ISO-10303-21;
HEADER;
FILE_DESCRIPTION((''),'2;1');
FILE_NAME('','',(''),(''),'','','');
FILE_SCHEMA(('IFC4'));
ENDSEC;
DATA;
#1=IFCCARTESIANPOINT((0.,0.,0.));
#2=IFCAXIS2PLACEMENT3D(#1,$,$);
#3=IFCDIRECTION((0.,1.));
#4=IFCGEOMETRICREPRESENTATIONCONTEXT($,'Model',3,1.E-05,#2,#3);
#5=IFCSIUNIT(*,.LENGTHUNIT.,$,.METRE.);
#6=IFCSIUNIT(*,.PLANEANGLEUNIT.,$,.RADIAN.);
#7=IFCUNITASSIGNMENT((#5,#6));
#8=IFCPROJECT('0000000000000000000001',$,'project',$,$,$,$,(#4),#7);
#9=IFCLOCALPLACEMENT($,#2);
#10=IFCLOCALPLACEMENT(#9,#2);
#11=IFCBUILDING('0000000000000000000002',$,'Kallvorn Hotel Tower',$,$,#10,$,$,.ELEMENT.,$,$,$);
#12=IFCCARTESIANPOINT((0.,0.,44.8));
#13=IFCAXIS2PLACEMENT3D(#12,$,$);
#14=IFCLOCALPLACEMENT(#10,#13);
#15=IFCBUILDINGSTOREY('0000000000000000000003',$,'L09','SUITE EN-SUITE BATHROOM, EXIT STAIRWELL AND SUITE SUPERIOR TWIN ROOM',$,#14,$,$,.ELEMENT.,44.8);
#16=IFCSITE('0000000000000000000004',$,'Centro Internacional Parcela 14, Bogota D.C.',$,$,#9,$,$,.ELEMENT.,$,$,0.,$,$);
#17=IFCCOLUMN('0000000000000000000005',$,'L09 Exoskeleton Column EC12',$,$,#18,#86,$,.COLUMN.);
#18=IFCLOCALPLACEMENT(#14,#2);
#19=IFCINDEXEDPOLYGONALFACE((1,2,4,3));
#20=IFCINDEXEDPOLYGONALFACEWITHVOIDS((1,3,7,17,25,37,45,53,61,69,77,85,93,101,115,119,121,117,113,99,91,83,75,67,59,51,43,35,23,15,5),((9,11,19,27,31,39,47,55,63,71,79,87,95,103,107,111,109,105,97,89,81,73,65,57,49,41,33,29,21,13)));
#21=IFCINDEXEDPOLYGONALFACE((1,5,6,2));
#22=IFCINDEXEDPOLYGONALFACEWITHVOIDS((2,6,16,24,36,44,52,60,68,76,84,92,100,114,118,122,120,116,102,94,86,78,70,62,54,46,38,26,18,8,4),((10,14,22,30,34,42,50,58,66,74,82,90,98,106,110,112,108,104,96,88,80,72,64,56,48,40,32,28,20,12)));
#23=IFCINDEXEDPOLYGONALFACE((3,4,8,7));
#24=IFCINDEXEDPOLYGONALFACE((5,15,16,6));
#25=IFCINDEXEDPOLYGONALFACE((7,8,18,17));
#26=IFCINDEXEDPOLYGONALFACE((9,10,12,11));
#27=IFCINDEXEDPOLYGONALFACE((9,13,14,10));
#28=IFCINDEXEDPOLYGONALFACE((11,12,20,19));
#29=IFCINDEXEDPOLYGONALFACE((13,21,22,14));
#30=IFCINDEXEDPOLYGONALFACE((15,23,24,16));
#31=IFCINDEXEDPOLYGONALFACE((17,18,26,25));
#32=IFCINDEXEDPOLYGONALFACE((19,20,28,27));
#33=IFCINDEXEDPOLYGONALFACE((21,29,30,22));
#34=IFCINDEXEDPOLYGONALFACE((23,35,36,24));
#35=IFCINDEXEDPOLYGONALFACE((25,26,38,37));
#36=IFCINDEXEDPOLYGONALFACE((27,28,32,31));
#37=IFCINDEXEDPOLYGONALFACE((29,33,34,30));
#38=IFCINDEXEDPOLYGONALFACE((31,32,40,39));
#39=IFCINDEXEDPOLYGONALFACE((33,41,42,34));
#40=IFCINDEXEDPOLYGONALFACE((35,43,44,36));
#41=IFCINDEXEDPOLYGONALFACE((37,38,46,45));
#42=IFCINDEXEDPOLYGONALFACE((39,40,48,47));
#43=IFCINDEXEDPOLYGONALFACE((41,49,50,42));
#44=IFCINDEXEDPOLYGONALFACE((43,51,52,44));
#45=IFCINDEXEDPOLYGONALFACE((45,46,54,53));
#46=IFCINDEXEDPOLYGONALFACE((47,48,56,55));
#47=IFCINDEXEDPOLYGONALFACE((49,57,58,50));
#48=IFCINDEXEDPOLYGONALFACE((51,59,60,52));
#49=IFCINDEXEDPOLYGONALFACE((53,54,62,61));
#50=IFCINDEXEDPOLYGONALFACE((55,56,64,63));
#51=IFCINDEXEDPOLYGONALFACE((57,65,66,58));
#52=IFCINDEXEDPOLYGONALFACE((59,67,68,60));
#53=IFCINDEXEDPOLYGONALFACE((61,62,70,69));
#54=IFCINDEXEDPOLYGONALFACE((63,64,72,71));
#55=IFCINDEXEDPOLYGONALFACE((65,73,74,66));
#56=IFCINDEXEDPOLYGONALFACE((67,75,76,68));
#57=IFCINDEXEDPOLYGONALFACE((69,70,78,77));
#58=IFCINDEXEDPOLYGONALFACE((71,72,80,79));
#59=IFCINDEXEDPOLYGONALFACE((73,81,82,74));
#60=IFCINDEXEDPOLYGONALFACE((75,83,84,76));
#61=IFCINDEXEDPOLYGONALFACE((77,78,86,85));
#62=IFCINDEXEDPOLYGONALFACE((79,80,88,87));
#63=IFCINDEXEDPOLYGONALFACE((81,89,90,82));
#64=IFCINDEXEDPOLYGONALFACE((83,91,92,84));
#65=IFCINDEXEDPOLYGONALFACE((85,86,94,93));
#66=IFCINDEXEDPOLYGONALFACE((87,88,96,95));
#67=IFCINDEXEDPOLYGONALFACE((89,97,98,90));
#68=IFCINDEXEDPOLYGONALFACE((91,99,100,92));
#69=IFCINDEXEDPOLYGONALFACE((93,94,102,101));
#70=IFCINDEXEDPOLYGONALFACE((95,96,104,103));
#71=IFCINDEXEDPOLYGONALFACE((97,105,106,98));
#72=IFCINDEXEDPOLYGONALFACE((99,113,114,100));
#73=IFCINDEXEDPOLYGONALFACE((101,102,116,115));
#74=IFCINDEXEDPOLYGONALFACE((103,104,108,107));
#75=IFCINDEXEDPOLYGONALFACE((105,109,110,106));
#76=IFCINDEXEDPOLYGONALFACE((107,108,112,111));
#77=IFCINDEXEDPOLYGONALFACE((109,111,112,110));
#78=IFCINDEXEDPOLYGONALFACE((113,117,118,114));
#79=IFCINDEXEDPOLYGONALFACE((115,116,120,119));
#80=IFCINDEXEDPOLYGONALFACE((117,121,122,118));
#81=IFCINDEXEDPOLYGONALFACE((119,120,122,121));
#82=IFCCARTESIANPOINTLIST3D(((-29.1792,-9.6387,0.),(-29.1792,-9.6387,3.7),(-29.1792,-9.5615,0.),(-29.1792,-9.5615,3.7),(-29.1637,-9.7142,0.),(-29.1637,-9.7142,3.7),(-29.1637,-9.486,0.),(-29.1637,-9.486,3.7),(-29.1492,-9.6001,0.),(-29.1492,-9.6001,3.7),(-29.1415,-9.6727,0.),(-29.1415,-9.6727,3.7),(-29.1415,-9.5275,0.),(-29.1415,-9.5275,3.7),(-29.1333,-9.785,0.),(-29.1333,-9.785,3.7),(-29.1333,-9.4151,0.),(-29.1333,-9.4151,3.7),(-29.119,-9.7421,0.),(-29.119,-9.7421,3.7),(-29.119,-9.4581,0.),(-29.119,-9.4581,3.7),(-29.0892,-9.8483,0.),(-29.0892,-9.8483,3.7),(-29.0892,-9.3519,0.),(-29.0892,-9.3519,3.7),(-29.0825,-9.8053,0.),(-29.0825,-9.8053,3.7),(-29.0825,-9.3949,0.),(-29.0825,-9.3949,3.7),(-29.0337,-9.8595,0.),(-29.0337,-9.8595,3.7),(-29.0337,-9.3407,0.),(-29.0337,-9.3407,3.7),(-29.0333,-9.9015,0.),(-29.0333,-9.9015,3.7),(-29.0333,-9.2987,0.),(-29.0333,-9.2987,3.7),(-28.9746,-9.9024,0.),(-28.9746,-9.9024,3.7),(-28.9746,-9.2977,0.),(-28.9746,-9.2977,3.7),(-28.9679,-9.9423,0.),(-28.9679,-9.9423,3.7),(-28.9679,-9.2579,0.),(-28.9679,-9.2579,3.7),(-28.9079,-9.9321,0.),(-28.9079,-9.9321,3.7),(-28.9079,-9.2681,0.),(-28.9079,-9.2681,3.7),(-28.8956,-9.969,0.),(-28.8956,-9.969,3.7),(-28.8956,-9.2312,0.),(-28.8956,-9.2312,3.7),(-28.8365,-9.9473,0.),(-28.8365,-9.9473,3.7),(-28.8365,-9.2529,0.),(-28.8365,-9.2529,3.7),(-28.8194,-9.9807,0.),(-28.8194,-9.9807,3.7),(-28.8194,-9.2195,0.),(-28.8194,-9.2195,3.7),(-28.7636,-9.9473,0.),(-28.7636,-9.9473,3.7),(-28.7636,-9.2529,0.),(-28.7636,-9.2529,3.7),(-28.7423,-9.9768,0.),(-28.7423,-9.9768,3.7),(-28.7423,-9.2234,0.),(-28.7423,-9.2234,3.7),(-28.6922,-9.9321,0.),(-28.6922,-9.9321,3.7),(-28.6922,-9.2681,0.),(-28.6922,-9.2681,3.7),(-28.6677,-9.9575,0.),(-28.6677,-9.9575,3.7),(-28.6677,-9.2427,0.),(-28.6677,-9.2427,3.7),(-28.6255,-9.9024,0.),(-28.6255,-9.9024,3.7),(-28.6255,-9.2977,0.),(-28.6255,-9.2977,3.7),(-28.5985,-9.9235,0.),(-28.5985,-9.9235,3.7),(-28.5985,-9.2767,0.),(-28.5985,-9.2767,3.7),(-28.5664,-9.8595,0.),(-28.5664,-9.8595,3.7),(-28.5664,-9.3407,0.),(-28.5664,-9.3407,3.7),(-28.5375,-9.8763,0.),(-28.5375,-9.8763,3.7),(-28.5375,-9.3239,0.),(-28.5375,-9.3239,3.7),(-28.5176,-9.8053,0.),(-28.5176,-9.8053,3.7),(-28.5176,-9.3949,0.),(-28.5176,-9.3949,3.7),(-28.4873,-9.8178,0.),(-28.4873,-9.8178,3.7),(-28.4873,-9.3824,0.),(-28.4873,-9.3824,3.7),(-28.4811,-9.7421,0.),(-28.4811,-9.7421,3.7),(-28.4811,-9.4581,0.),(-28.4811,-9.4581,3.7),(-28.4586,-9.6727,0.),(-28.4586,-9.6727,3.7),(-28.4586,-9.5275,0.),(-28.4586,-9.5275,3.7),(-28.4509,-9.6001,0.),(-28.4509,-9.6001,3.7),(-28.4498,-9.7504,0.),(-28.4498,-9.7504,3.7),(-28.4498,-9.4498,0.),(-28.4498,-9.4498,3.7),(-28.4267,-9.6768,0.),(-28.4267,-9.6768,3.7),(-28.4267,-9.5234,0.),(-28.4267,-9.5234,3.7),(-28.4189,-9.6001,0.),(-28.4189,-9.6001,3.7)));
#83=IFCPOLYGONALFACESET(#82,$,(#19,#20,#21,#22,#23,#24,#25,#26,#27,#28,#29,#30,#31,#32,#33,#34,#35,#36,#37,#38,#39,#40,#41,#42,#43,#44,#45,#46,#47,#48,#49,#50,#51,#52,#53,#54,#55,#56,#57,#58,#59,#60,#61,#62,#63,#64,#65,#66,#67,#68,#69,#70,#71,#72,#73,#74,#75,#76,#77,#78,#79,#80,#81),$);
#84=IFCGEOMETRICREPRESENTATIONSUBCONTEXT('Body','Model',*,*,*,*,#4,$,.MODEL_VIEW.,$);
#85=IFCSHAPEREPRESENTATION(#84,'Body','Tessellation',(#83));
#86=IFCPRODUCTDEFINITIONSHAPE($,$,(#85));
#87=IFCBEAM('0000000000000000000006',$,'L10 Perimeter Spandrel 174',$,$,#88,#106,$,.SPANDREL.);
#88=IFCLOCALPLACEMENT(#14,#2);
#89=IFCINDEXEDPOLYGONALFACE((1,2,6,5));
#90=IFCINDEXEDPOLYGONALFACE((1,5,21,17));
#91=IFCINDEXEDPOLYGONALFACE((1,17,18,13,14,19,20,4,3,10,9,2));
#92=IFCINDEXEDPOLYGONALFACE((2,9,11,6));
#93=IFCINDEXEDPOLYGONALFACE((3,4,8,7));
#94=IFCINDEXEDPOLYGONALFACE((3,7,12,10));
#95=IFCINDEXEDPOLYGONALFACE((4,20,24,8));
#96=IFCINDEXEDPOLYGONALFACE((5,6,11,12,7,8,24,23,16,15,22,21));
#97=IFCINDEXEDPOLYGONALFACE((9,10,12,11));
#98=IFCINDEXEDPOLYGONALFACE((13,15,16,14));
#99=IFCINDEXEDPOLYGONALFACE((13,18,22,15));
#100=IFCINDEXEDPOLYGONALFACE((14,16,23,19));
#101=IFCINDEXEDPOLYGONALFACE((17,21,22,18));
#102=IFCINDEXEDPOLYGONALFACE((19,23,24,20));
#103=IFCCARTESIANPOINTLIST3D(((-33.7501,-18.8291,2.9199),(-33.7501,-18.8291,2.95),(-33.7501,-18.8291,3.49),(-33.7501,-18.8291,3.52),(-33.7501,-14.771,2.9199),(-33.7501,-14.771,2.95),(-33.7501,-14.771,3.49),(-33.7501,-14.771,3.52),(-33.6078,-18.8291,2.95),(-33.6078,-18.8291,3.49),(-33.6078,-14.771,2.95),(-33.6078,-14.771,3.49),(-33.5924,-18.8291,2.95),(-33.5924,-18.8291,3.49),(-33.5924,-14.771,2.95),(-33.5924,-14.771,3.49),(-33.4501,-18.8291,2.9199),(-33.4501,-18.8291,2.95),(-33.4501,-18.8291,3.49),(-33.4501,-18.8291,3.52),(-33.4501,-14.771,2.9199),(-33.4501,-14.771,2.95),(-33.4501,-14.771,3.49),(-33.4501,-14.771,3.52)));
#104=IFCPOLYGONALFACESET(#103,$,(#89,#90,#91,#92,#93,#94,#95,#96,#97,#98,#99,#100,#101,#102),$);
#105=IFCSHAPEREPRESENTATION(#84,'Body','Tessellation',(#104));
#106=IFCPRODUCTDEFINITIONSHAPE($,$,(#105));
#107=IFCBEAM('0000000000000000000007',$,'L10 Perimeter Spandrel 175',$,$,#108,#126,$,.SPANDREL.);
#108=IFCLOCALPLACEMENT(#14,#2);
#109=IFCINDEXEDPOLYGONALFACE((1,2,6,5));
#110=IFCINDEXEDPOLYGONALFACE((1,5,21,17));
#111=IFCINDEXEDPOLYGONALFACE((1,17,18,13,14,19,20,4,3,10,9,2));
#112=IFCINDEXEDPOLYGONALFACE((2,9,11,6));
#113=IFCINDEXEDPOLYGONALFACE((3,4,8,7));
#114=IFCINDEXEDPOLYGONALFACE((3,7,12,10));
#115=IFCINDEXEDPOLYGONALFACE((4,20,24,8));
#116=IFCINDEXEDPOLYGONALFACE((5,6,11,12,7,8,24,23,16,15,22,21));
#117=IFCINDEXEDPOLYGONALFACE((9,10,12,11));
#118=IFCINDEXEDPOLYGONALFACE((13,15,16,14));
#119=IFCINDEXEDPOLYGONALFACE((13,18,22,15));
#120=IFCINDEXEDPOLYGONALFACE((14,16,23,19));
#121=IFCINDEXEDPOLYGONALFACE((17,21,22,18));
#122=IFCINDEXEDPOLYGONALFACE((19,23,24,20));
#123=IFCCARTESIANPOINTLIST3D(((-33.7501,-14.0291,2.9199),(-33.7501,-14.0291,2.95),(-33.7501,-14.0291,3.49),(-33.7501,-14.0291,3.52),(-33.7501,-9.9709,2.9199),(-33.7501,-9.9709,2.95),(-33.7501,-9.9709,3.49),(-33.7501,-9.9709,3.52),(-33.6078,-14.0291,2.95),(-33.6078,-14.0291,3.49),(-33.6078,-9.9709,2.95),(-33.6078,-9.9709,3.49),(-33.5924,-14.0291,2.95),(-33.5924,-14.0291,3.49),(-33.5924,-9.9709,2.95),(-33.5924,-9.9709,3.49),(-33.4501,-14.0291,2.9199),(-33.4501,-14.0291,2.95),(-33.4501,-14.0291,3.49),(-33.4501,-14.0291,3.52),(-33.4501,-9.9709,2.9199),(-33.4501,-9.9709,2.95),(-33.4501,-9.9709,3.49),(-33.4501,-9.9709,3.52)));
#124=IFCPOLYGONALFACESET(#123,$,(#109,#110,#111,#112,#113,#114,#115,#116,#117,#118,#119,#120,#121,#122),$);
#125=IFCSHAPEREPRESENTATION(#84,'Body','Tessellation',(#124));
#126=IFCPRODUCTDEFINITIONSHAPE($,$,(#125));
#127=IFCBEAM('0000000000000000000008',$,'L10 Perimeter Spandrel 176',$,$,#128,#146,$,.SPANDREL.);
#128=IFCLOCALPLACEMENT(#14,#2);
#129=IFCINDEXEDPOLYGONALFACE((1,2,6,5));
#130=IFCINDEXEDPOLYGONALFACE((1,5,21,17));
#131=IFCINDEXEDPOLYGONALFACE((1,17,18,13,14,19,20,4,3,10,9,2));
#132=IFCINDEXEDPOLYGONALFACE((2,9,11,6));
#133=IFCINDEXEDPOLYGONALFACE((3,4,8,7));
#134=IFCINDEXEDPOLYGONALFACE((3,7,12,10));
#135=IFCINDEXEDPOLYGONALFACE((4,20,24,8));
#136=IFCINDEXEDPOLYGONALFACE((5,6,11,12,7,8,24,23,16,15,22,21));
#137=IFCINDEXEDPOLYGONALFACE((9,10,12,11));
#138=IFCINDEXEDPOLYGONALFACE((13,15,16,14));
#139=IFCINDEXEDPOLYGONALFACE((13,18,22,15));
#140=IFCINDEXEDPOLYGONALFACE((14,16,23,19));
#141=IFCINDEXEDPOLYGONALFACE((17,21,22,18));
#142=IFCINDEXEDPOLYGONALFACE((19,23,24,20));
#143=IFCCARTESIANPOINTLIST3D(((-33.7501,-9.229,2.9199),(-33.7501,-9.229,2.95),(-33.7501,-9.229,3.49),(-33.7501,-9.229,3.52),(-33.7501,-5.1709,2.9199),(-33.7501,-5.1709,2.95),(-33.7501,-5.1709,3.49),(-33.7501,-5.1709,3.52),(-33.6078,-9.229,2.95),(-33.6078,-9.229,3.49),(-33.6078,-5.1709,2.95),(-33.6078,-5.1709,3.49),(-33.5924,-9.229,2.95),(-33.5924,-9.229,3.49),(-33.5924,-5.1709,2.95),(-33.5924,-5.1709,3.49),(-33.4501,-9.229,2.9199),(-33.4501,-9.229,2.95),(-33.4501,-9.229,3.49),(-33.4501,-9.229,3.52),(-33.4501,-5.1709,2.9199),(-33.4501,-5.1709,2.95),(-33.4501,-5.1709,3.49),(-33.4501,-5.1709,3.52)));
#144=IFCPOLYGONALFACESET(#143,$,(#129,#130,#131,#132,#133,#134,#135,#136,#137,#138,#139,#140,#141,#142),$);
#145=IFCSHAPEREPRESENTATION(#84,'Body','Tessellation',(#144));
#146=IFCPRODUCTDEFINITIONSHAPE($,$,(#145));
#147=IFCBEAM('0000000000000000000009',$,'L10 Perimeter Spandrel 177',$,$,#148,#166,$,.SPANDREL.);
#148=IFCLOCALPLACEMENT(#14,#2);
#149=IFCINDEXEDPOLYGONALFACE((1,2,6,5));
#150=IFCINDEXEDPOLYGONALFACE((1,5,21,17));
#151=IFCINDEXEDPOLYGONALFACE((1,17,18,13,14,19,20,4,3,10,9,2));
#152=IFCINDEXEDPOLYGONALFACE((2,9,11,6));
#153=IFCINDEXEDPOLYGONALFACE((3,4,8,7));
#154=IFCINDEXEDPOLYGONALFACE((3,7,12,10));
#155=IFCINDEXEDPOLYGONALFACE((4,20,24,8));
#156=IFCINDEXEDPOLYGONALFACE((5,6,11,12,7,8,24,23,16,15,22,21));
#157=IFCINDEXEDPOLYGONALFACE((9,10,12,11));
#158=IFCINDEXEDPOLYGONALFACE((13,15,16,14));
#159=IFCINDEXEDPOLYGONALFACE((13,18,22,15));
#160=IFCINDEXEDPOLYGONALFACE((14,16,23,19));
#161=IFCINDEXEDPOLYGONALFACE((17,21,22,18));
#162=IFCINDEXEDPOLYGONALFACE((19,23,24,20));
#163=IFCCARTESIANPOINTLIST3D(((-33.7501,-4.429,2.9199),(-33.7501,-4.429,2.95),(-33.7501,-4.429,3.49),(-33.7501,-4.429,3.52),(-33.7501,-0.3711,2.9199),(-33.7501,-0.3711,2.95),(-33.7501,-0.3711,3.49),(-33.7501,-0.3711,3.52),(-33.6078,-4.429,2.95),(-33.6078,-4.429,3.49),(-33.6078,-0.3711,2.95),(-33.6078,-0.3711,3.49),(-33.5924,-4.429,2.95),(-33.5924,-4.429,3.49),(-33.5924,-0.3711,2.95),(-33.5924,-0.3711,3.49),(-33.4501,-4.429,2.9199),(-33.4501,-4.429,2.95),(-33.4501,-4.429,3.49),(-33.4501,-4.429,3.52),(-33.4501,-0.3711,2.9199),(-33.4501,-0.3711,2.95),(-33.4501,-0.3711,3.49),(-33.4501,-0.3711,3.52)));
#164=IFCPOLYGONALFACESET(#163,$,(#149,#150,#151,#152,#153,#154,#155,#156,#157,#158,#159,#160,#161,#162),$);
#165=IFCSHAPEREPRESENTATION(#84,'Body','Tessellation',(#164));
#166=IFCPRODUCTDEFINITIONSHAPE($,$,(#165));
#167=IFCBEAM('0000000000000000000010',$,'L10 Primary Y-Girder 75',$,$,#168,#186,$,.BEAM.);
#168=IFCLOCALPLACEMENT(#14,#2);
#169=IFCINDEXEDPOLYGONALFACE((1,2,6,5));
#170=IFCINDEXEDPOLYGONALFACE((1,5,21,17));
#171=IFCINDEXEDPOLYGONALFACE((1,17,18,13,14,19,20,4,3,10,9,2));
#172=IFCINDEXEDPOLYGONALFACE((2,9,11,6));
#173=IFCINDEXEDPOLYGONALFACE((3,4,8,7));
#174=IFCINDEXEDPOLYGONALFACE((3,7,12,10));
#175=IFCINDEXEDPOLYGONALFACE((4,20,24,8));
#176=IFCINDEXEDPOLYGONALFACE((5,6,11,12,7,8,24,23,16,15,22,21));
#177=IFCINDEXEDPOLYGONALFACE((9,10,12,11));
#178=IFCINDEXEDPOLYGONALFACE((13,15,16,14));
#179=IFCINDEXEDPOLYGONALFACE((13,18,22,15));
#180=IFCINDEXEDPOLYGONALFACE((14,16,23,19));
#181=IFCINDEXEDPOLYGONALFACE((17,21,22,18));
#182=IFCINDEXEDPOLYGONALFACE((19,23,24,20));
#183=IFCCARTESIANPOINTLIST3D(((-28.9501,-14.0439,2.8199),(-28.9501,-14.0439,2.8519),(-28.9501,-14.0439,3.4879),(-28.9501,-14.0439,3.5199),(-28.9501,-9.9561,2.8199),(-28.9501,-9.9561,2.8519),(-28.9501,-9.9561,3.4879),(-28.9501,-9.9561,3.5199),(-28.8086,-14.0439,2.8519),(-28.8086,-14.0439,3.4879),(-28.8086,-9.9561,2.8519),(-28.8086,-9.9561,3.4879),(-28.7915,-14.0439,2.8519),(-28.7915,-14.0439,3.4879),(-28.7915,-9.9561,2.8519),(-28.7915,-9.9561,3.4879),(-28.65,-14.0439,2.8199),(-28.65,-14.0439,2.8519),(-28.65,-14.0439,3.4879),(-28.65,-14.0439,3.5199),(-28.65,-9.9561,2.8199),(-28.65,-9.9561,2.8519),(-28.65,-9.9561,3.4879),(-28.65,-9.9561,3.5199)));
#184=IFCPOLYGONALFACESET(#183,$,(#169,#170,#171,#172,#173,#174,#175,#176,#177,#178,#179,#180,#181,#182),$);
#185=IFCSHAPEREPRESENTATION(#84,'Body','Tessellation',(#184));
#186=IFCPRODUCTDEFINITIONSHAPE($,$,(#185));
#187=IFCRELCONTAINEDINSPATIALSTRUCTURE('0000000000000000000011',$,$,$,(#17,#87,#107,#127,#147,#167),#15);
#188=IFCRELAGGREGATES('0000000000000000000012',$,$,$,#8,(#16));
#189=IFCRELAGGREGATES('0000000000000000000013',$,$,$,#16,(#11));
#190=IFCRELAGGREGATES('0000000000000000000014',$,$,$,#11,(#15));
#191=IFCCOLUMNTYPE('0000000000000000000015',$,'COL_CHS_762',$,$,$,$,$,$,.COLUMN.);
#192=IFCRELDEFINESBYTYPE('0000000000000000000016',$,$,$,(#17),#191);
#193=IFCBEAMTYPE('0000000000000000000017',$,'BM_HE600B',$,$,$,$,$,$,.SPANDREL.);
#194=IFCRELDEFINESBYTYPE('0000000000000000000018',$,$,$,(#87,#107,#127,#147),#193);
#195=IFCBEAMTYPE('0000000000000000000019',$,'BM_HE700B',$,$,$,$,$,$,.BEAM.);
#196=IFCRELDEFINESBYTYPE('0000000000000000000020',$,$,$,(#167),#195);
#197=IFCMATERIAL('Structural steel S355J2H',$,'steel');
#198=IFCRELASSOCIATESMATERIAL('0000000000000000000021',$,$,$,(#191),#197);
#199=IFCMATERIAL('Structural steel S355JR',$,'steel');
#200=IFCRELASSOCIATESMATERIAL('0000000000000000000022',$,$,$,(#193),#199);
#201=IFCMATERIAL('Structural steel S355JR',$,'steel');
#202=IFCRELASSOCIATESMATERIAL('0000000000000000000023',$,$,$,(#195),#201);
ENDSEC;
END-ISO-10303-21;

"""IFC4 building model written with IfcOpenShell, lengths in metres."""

from ifc_helpers import new_model, si_unit, direction, frame, origin, origin_2d, place, context, subcontext, project, spatial, hollow_circle, i_section, extrude, material, material_profile, profile_set, type_object, element, save


model = new_model("IFC4")

# Units and contexts
model_context = context("Model", 3, precision=1e-05, world=origin(), true_north=direction((0.0, 1.0)))
body_context = subcontext(model_context, "Body", "Model", "MODEL_VIEW")
ifc_project = project(units=[si_unit("LENGTHUNIT", "METRE"), si_unit("PLANEANGLEUNIT", "RADIAN")], contexts=[model_context])

# Site, building, storey
site_placement = place(None, origin())
site = spatial("IfcSite", under=ifc_project, at=site_placement, Name="Centro Internacional Parcela 14, Bogota D.C.", CompositionType="ELEMENT", RefElevation=0.0)
building_placement = place(site_placement, origin())
building = spatial("IfcBuilding", under=site, at=building_placement, Name="Kallvorn Hotel Tower", CompositionType="ELEMENT")
storey_placement = place(building_placement, frame((0.0, 0.0, 44.8)))
storey = spatial("IfcBuildingStorey", under=building, at=storey_placement, Name="L09", Description="SUITE EN-SUITE BATHROOM, EXIT STAIRWELL AND SUITE SUPERIOR TWIN ROOM", CompositionType="ELEMENT", Elevation=44.8)

# Column
ifc_material_1 = material(Name="Structural steel S355J2H", Category="steel")
ifc_material_profile_1 = material_profile(ifc_material_1, hollow_circle(Radius=0.3811, WallThickness=0.032, at=origin_2d()), Name="CHS 762x32")
ifc_profile_set_1 = profile_set([ifc_material_profile_1], Name="Structural steel S355J2H")
column_type = type_object("IfcColumnType", Name="COL_CHS_762", PredefinedType="COLUMN", material=ifc_profile_set_1)
for number, where, z_axis, x_axis, name in (
    (1, (-28.8, -9.6001, 0.0), (0.0, 0.0, 1.0), (1.0, 0.0, 0.0), "L09 Exoskeleton Column EC12"),
):
    element("IfcColumn", number, at=place(storey_placement, frame(where, z_axis=z_axis, x_axis=x_axis)), inside=storey, type_object=column_type, Name=name, PredefinedType="COLUMN", context=body_context, shape_type="SweptSolid", body=[
        extrude(hollow_circle(Radius=0.3811, WallThickness=0.032, at=origin_2d()), origin(), (0.0, 0.0, 1.0), 3.7),
    ])

# Beams
ifc_material_2 = material(Name="Structural steel S355JR", Category="steel")
ifc_material_profile_2 = material_profile(ifc_material_2, i_section(OverallWidth=0.3, OverallDepth=0.6001, WebThickness=0.0154, FlangeThickness=0.03, at=origin_2d()), Name="HE 600 B")
ifc_profile_set_2 = profile_set([ifc_material_profile_2], Name="Structural steel S355JR")
beam_type_1 = type_object("IfcBeamType", Name="BM_HE600B", PredefinedType="SPANDREL", material=ifc_profile_set_2)
for number, where, z_axis, x_axis, name in (
    (2, (-33.6001, -18.8291, 3.22), (0.0, 1.0, 0.0), (-1.0, 0.0, 0.0), "L10 Perimeter Spandrel 174"),
    (3, (-33.6001, -14.0291, 3.22), (0.0, 1.0, 0.0), (-1.0, 0.0, 0.0), "L10 Perimeter Spandrel 175"),
    (4, (-33.6001, -9.229, 3.22), (0.0, 1.0, 0.0), (-1.0, 0.0, 0.0), "L10 Perimeter Spandrel 176"),
):
    element("IfcBeam", number, at=place(storey_placement, frame(where, z_axis=z_axis, x_axis=x_axis)), inside=storey, type_object=beam_type_1, Name=name, PredefinedType="SPANDREL", context=body_context, shape_type="SweptSolid", body=[
        extrude(i_section(OverallWidth=0.3, OverallDepth=0.6001, WebThickness=0.0154, FlangeThickness=0.03, at=origin_2d()), origin(), (0.0, 0.0, 1.0), 4.0581),
    ])
beam_placement = place(storey_placement, frame((-33.6001, -4.429, 3.22), z_axis=(0.0, 1.0, 0.0), x_axis=(-1.0, 0.0, 0.0)))
element("IfcBeam", 5, at=beam_placement, inside=storey, type_object=beam_type_1, Name="L10 Perimeter Spandrel 177", PredefinedType="SPANDREL", context=body_context, shape_type="SweptSolid", body=[
    extrude(i_section(OverallWidth=0.3, OverallDepth=0.6001, WebThickness=0.0154, FlangeThickness=0.03, at=origin_2d()), origin(), (0.0, 0.0, 1.0), 4.0579),
])
ifc_material_3 = material(Name="Structural steel S355JR", Category="steel")
ifc_material_profile_3 = material_profile(ifc_material_3, i_section(OverallWidth=0.3, OverallDepth=0.7, WebThickness=0.0171, FlangeThickness=0.032, at=origin_2d()), Name="HE 700 B")
ifc_profile_set_3 = profile_set([ifc_material_profile_3], Name="Structural steel S355JR")
beam_type_2 = type_object("IfcBeamType", Name="BM_HE700B", PredefinedType="BEAM", material=ifc_profile_set_3)
for number, where, z_axis, x_axis, name in (
    (6, (-28.8, -14.0439, 3.1699), (0.0, 1.0, 0.0), (-1.0, 0.0, 0.0), "L10 Primary Y-Girder 75"),
):
    element("IfcBeam", number, at=place(storey_placement, frame(where, z_axis=z_axis, x_axis=x_axis)), inside=storey, type_object=beam_type_2, Name=name, PredefinedType="BEAM", context=body_context, shape_type="SweptSolid", body=[
        extrude(i_section(OverallWidth=0.3, OverallDepth=0.7, WebThickness=0.0171, FlangeThickness=0.032, at=origin_2d()), origin(), (0.0, 0.0, 1.0), 4.0879),
    ])

save(model, "model.ifc")
